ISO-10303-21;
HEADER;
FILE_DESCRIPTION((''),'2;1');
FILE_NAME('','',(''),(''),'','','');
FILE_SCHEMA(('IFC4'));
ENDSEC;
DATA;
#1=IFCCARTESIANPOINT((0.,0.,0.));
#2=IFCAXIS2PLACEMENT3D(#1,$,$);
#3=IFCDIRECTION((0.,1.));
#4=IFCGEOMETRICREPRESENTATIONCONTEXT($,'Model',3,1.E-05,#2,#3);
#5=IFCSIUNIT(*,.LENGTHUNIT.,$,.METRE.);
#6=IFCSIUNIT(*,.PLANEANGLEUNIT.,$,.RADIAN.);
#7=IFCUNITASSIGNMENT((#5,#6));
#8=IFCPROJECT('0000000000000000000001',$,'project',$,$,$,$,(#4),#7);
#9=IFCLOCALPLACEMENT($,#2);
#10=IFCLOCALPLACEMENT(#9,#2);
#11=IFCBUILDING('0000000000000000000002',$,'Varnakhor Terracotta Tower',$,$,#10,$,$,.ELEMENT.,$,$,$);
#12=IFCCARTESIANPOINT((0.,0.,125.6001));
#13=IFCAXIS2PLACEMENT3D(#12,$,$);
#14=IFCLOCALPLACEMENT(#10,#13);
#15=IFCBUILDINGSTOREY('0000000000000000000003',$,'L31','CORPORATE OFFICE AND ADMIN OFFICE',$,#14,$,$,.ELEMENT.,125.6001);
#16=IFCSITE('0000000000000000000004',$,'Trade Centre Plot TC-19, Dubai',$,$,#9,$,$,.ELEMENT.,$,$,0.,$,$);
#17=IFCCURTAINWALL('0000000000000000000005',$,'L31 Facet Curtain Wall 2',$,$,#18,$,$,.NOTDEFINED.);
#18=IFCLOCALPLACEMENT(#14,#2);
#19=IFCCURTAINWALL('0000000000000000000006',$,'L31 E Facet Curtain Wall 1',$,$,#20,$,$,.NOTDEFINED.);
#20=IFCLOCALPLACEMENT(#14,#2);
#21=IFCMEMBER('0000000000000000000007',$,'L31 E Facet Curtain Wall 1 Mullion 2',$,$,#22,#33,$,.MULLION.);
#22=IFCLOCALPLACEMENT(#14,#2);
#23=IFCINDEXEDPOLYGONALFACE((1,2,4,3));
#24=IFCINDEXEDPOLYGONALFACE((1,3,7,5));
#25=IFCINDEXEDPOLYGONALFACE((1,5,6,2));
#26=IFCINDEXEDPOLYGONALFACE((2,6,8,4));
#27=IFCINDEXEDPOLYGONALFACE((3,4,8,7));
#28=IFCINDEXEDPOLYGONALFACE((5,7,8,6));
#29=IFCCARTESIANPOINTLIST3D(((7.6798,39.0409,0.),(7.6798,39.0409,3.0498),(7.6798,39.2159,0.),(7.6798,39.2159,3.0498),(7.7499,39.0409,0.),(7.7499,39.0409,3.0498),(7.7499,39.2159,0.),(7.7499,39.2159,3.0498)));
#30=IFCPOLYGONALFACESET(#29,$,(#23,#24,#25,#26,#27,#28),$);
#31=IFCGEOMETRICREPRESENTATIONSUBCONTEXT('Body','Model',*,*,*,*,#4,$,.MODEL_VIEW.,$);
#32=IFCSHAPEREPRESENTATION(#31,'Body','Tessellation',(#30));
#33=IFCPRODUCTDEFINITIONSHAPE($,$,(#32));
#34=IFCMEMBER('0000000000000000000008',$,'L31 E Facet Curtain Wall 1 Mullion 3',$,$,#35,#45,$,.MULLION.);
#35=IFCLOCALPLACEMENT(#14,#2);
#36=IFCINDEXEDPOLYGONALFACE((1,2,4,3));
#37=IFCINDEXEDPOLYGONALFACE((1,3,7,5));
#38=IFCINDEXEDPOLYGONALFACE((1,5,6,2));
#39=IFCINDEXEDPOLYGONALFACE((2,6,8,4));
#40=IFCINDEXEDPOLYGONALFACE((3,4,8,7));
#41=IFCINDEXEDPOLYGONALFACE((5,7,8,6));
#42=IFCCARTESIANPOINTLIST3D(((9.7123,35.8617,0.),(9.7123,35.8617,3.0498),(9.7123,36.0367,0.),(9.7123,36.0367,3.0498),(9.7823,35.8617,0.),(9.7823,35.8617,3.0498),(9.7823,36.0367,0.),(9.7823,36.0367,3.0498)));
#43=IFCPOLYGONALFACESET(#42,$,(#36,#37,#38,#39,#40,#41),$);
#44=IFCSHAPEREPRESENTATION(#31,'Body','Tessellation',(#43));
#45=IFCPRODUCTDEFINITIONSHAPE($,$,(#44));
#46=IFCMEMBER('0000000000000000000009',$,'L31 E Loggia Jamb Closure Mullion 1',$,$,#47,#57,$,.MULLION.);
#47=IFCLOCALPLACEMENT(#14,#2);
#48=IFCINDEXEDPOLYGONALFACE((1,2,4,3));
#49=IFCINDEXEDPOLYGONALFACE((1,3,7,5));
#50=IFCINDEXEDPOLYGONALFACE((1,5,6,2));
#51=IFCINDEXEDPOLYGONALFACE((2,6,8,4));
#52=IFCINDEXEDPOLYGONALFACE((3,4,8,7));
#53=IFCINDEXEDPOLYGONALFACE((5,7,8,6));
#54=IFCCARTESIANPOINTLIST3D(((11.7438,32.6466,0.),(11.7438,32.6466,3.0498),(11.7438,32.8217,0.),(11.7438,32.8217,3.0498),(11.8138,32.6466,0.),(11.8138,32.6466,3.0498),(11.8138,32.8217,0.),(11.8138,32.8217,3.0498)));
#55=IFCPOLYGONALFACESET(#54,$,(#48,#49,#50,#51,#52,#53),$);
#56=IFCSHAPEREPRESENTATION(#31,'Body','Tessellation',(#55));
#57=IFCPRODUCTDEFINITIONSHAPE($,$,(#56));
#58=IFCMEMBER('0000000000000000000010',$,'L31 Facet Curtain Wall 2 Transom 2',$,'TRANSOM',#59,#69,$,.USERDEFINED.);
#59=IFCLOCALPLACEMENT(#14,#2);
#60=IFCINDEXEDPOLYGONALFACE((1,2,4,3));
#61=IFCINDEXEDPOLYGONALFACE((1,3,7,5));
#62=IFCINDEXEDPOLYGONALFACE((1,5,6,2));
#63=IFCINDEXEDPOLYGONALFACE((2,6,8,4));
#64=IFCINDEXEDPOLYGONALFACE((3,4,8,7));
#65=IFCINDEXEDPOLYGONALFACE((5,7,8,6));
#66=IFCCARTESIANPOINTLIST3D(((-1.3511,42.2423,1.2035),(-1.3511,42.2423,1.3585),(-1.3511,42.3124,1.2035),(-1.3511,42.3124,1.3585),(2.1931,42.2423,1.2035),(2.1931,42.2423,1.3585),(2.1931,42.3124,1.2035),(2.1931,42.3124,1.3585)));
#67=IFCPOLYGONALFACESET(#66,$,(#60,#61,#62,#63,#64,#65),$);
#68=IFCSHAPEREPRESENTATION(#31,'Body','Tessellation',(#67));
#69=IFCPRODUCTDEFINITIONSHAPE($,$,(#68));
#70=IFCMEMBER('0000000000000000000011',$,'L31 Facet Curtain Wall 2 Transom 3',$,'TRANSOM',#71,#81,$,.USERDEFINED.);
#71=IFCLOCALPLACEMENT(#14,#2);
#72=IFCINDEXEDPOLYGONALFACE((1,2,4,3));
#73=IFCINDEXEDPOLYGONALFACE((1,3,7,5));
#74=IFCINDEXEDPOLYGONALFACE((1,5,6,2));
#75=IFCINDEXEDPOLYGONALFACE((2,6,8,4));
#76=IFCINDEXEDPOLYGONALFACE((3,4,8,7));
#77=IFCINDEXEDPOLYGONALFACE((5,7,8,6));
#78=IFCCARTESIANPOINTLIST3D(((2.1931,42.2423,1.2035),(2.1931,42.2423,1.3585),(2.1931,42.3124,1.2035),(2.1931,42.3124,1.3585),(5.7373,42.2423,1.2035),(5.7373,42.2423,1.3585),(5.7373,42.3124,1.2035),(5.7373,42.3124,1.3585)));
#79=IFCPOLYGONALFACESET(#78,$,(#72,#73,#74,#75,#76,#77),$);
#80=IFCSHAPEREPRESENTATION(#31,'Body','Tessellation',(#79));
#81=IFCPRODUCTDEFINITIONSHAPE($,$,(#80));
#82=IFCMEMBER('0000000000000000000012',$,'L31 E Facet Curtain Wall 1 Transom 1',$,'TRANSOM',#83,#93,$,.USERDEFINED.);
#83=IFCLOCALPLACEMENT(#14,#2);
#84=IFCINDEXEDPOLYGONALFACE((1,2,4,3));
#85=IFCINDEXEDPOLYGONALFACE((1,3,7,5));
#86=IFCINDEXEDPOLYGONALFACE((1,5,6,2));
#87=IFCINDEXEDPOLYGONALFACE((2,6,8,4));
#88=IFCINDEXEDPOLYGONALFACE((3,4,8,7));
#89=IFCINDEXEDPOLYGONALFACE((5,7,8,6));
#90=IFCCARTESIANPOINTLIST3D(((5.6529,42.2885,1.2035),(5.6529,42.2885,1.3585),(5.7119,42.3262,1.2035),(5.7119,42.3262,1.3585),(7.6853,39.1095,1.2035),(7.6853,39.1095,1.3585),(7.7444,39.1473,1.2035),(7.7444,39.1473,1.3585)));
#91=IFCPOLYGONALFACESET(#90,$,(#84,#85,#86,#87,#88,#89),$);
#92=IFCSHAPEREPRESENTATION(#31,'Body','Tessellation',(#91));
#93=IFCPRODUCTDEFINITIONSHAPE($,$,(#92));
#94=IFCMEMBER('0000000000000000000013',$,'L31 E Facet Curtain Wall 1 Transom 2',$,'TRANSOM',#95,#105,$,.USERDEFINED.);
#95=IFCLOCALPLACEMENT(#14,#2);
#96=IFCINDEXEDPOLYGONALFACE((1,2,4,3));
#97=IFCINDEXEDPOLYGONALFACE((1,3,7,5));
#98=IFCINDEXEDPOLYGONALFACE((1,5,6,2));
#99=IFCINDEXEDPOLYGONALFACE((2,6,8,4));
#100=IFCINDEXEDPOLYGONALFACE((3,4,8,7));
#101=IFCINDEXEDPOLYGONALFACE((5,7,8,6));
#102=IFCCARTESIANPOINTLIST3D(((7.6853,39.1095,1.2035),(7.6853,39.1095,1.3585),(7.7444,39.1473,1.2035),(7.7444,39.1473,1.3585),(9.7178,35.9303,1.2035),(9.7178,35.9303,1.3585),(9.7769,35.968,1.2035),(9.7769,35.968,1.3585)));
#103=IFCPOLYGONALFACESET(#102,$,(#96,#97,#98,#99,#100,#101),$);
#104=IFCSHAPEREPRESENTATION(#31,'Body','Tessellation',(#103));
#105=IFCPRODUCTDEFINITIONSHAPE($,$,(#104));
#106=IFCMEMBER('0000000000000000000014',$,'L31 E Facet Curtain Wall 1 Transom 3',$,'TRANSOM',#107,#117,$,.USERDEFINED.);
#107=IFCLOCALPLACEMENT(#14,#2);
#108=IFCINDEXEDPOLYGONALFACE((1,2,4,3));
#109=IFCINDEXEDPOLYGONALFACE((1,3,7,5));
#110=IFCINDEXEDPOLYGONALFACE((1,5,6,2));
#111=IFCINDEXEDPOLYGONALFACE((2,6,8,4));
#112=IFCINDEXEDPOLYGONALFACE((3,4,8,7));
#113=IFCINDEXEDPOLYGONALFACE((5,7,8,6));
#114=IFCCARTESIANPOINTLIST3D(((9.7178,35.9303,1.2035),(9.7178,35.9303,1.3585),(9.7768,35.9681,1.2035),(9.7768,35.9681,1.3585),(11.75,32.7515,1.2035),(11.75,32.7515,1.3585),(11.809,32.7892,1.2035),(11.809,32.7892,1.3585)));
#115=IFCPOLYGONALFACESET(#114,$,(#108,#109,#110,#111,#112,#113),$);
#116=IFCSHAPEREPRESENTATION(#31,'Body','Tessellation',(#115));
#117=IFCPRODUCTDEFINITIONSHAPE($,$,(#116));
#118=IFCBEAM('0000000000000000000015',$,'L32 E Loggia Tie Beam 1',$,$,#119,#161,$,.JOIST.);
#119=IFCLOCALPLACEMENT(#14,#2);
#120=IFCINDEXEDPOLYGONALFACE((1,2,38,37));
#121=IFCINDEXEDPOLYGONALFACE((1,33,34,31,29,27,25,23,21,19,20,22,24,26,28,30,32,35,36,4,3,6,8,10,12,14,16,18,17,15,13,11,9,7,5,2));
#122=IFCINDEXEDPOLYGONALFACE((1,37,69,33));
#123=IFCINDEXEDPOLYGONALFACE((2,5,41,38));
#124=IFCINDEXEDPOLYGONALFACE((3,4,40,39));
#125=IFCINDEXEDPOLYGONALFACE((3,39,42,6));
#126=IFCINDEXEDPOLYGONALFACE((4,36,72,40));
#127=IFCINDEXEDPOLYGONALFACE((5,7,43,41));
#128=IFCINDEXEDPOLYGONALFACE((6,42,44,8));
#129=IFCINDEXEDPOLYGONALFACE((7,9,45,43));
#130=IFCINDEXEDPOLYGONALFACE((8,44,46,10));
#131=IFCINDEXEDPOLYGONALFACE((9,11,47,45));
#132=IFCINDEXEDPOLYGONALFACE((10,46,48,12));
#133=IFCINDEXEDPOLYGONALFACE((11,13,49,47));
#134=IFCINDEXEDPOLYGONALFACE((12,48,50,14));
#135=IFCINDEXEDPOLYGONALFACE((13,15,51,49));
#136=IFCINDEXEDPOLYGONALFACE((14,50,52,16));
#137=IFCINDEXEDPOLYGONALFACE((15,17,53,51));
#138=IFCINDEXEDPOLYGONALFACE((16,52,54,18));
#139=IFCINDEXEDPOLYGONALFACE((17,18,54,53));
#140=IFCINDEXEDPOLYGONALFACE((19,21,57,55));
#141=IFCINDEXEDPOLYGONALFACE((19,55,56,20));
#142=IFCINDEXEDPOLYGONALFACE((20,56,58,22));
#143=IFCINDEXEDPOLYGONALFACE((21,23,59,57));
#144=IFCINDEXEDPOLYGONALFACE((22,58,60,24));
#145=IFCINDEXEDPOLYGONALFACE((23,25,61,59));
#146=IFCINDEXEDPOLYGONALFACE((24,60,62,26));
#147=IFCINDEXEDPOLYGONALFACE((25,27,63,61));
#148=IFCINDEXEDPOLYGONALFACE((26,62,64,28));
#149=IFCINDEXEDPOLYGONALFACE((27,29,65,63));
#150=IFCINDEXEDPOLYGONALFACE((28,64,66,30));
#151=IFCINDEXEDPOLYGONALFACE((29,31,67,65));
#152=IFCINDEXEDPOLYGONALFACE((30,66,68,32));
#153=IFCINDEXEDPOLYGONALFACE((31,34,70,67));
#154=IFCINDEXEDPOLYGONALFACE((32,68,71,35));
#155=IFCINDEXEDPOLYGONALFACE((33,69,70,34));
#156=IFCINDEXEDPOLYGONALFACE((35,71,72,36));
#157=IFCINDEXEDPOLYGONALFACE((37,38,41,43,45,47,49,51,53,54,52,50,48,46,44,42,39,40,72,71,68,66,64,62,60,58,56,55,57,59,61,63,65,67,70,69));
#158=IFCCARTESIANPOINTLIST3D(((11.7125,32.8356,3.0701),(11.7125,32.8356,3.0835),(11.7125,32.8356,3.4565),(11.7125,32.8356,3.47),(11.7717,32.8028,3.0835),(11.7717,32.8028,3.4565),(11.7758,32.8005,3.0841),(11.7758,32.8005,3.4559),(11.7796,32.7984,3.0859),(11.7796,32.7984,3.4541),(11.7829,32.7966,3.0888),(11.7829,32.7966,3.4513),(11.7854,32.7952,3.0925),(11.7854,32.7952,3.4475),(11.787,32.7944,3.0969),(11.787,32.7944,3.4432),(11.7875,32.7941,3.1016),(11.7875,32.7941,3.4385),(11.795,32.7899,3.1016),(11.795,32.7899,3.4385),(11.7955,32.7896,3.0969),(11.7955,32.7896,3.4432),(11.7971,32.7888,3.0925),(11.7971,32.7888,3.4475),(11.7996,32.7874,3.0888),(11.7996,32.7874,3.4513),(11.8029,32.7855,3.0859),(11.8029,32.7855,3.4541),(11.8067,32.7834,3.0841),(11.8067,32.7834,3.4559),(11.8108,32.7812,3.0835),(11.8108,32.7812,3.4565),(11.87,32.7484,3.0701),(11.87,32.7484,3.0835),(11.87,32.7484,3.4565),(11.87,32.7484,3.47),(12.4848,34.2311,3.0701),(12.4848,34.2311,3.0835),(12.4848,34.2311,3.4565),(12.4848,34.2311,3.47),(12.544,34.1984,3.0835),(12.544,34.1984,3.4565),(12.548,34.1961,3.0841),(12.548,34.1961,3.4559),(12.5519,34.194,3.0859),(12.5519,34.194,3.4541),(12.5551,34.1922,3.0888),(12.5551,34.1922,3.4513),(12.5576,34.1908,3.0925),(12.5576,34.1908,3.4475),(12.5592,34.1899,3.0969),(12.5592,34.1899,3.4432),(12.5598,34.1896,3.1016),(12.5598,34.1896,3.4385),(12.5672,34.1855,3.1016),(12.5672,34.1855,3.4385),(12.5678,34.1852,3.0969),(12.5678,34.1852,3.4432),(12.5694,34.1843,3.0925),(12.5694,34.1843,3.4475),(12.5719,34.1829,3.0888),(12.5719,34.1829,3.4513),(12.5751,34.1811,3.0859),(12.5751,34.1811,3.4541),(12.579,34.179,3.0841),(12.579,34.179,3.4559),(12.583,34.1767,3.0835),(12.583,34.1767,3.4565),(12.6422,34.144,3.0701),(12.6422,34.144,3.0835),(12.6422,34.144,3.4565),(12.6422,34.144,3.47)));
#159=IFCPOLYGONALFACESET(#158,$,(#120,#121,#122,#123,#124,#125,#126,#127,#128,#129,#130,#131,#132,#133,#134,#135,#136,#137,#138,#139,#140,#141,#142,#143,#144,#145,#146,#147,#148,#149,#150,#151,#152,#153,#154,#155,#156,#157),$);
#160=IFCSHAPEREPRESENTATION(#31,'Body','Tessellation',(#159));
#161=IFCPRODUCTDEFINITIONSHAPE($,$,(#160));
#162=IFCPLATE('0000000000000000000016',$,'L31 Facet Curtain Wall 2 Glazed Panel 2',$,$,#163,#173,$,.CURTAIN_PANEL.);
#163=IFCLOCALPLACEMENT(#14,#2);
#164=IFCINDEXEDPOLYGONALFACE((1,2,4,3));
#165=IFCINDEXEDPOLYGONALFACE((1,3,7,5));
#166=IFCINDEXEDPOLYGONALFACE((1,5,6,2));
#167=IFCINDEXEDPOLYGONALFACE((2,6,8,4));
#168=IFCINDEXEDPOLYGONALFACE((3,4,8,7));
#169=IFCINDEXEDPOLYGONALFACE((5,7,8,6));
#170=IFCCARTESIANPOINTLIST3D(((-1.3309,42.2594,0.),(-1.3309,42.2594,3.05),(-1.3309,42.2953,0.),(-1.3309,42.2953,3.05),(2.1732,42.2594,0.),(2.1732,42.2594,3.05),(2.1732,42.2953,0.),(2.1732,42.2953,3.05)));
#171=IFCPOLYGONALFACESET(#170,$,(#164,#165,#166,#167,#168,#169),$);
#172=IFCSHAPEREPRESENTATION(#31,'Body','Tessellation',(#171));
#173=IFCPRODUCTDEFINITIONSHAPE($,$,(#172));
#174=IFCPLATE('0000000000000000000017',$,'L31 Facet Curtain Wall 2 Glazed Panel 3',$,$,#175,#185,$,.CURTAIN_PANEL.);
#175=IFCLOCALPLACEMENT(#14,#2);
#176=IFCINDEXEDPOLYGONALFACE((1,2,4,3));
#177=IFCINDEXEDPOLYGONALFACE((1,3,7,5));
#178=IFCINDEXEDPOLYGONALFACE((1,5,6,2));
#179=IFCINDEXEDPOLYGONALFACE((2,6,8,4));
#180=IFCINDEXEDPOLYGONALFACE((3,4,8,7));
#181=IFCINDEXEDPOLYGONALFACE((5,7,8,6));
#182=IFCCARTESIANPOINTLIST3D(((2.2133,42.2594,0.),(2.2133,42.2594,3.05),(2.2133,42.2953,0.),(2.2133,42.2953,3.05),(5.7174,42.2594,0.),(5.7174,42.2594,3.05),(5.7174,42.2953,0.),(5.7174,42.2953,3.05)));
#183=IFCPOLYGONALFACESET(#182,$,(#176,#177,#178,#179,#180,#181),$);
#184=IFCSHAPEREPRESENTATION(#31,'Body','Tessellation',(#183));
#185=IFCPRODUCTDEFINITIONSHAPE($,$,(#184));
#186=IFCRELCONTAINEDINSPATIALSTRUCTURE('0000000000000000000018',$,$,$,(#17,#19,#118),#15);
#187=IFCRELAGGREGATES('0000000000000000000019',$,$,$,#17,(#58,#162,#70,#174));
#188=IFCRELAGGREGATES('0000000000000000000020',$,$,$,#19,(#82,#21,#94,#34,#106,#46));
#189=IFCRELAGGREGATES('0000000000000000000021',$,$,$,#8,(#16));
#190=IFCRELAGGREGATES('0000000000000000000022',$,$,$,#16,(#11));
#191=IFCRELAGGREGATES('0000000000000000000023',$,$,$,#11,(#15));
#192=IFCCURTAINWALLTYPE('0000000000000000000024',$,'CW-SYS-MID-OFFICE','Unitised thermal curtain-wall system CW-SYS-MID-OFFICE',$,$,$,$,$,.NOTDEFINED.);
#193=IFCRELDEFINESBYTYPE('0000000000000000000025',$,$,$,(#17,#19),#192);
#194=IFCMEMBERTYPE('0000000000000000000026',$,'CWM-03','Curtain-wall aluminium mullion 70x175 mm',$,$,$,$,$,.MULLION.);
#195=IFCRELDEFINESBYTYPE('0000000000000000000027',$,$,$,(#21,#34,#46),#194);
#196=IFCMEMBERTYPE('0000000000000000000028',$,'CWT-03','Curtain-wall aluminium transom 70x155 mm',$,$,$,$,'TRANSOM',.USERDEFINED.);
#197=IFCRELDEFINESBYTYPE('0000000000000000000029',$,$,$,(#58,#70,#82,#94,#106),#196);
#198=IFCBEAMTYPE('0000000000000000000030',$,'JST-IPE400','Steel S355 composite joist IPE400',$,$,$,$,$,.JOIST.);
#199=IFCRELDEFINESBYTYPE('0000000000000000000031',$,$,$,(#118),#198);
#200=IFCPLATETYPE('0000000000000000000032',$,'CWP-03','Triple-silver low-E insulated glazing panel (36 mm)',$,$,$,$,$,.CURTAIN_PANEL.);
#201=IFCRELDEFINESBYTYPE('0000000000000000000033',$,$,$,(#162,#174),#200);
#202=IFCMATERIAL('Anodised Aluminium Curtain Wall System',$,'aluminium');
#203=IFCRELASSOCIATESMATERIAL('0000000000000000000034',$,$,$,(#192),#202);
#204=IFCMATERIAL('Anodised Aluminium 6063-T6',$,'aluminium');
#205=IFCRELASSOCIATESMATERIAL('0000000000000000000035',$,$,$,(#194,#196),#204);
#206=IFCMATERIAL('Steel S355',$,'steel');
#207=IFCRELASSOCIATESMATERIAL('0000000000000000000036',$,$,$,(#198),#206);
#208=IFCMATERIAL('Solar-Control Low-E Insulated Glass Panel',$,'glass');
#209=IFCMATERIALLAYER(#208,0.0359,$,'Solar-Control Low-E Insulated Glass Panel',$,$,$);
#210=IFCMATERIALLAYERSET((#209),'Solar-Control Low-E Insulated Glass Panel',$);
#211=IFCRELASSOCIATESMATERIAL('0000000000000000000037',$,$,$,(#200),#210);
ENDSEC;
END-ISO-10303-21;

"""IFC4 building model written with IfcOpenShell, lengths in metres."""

from ifc_helpers import new_model, si_unit, direction, frame, origin, origin_2d, place, context, subcontext, project, spatial, rectangle, i_section, extrude, source, transform, mapped, material, layer, layer_set, material_profile, profile_set, type_object, type_shapes, element, aggregate, save


model = new_model("IFC4")

# Units and contexts
model_context = context("Model", 3, precision=1e-05, world=origin(), true_north=direction((0.0, 1.0)))
body_context = subcontext(model_context, "Body", "Model", "MODEL_VIEW")
ifc_project = project(units=[si_unit("LENGTHUNIT", "METRE"), si_unit("PLANEANGLEUNIT", "RADIAN")], contexts=[model_context])

# Site, building, storey
site_placement = place(None, origin())
site = spatial("IfcSite", under=ifc_project, at=site_placement, Name="Trade Centre Plot TC-19, Dubai", CompositionType="ELEMENT", RefElevation=0.0)
building_placement = place(site_placement, origin())
building = spatial("IfcBuilding", under=site, at=building_placement, Name="Varnakhor Terracotta Tower", CompositionType="ELEMENT")
storey_placement = place(building_placement, frame((0.0, 0.0, 125.6001)))
storey = spatial("IfcBuildingStorey", under=building, at=storey_placement, Name="L31", Description="CORPORATE OFFICE AND ADMIN OFFICE", CompositionType="ELEMENT", Elevation=125.6001)

# Shared definitions
ifc_material_1 = material(Name="Steel S355", Category="steel")

# Curtain walls, members
ifc_material_2 = material(Name="Anodised Aluminium Curtain Wall System", Category="aluminium")
curtain_wall_type = type_object("IfcCurtainWallType", Name="CW-SYS-MID-OFFICE", Description="Unitised thermal curtain-wall system CW-SYS-MID-OFFICE", PredefinedType="NOTDEFINED", material=ifc_material_2)
curtain_wall_1_placement = place(storey_placement, origin())
curtain_wall_1 = element("IfcCurtainWall", 1, at=curtain_wall_1_placement, inside=storey, type_object=curtain_wall_type, Name="L31 Facet Curtain Wall 2", PredefinedType="NOTDEFINED")
ifc_material_3 = material(Name="Anodised Aluminium 6063-T6", Category="aluminium")
ifc_material_profile_1 = material_profile(ifc_material_3, rectangle(XDim=0.0701, YDim=0.175, at=origin_2d()), Name="ALU MULLION 70x175")
ifc_profile_set_1 = profile_set([ifc_material_profile_1], Name="Anodised Aluminium 6063-T6")
member_type_1 = type_object("IfcMemberType", Name="CWM-03", Description="Curtain-wall aluminium mullion 70x175 mm", PredefinedType="MULLION", material=ifc_profile_set_1)
shared_shape_1 = source(origin(), body_context, "Body", "SweptSolid", [
    extrude(rectangle(XDim=0.0701, YDim=0.175, at=origin_2d()), origin(), (0.0, 0.0, 1.0), 3.0498),
])
type_shapes(member_type_1, [shared_shape_1])
curtain_wall_2_placement = place(storey_placement, origin())
curtain_wall_2 = element("IfcCurtainWall", 2, at=curtain_wall_2_placement, inside=storey, type_object=curtain_wall_type, Name="L31 E Facet Curtain Wall 1", PredefinedType="NOTDEFINED")
member_1_placement = place(storey_placement, frame((7.7148, 39.1284, 0.0), z_axis=(0.0, 0.0, 1.0), x_axis=(1.0, 0.0, 0.0)))
member_1 = element("IfcMember", 3, at=member_1_placement, type_object=member_type_1, Name="L31 E Facet Curtain Wall 1 Mullion 2", PredefinedType="MULLION", context=body_context, shape_type="MappedRepresentation", body=[
    mapped(shared_shape_1, transform((0.0, 0.0, 0.0), scale=1.0)),
])
member_2_placement = place(storey_placement, frame((9.7473, 35.9492, 0.0), z_axis=(0.0, 0.0, 1.0), x_axis=(1.0, 0.0, 0.0)))
member_2 = element("IfcMember", 4, at=member_2_placement, type_object=member_type_1, Name="L31 E Facet Curtain Wall 1 Mullion 3", PredefinedType="MULLION", context=body_context, shape_type="MappedRepresentation", body=[
    mapped(shared_shape_1, transform((0.0, 0.0, 0.0), scale=1.0)),
])
member_3_placement = place(storey_placement, frame((11.7788, 32.7341, 0.0), z_axis=(0.0, 0.0, 1.0), x_axis=(1.0, 0.0, 0.0)))
member_3 = element("IfcMember", 5, at=member_3_placement, type_object=member_type_1, Name="L31 E Loggia Jamb Closure Mullion 1", PredefinedType="MULLION", context=body_context, shape_type="MappedRepresentation", body=[
    mapped(shared_shape_1, transform((0.0, 0.0, 0.0), scale=1.0)),
])

# Members
ifc_material_profile_2 = material_profile(ifc_material_3, rectangle(XDim=0.0701, YDim=0.155, at=origin_2d()), Name="ALU TRANSOM 70x155")
ifc_profile_set_2 = profile_set([ifc_material_profile_2], Name="Anodised Aluminium 6063-T6")
member_type_2 = type_object("IfcMemberType", Name="CWT-03", Description="Curtain-wall aluminium transom 70x155 mm", ElementType="TRANSOM", PredefinedType="USERDEFINED", material=ifc_profile_set_2)
shared_shape_2 = source(origin(), body_context, "Body", "SweptSolid", [
    extrude(rectangle(XDim=0.0701, YDim=0.155, at=origin_2d()), origin(), (0.0, 0.0, 1.0), 3.5442),
])
member_4_placement = place(storey_placement, frame((-1.3511, 42.2773, 1.281), z_axis=(1.0, 0.0, 0.0), x_axis=(0.0, 1.0, 0.0)))
member_4 = element("IfcMember", 6, at=member_4_placement, type_object=member_type_2, Name="L31 Facet Curtain Wall 2 Transom 2", ObjectType="TRANSOM", PredefinedType="USERDEFINED", context=body_context, shape_type="MappedRepresentation", body=[
    mapped(shared_shape_2, transform((0.0, 0.0, 0.0), scale=1.0)),
])
member_5_placement = place(storey_placement, frame((2.1931, 42.2773, 1.281), z_axis=(1.0, 0.0, 0.0), x_axis=(0.0, 1.0, 0.0)))
member_5 = element("IfcMember", 7, at=member_5_placement, type_object=member_type_2, Name="L31 Facet Curtain Wall 2 Transom 3", ObjectType="TRANSOM", PredefinedType="USERDEFINED", context=body_context, shape_type="MappedRepresentation", body=[
    mapped(shared_shape_2, transform((0.0, 0.0, 0.0), scale=1.0)),
])
shared_shape_3 = source(origin(), body_context, "Body", "SweptSolid", [
    extrude(rectangle(XDim=0.0701, YDim=0.155, at=origin_2d()), origin(), (0.0, 0.0, 1.0), 3.7732),
])
member_6_placement = place(storey_placement, frame((5.6824, 42.3074, 1.281), z_axis=(0.538666, -0.842519, 0.0), x_axis=(0.842519, 0.538666, 0.0)))
member_6 = element("IfcMember", 8, at=member_6_placement, type_object=member_type_2, Name="L31 E Facet Curtain Wall 1 Transom 1", ObjectType="TRANSOM", PredefinedType="USERDEFINED", context=body_context, shape_type="MappedRepresentation", body=[
    mapped(shared_shape_3, transform((0.0, 0.0, 0.0), scale=1.0)),
])
shared_shape_4 = source(origin(), body_context, "Body", "SweptSolid", [
    extrude(rectangle(XDim=0.0701, YDim=0.155, at=origin_2d()), origin(), (0.0, 0.0, 1.0), 3.7734),
])
member_7_placement = place(storey_placement, frame((7.7148, 39.1284, 1.281), z_axis=(0.538637, -0.842538, 0.0), x_axis=(0.842538, 0.538637, 0.0)))
member_7 = element("IfcMember", 9, at=member_7_placement, type_object=member_type_2, Name="L31 E Facet Curtain Wall 1 Transom 2", ObjectType="TRANSOM", PredefinedType="USERDEFINED", context=body_context, shape_type="MappedRepresentation", body=[
    mapped(shared_shape_4, transform((0.0, 0.0, 0.0), scale=1.0)),
])
shared_shape_5 = source(origin(), body_context, "Body", "SweptSolid", [
    extrude(rectangle(XDim=0.0701, YDim=0.155, at=origin_2d()), origin(), (0.0, 0.0, 1.0), 3.7729),
])
member_8_placement = place(storey_placement, frame((9.7473, 35.9492, 1.281), z_axis=(0.53862, -0.842549, 0.0), x_axis=(0.842549, 0.53862, 0.0)))
member_8 = element("IfcMember", 10, at=member_8_placement, type_object=member_type_2, Name="L31 E Facet Curtain Wall 1 Transom 3", ObjectType="TRANSOM", PredefinedType="USERDEFINED", context=body_context, shape_type="MappedRepresentation", body=[
    mapped(shared_shape_5, transform((0.0, 0.0, 0.0), scale=1.0)),
])

# Beam
ifc_material_profile_3 = material_profile(ifc_material_1, i_section(OverallWidth=0.1799, OverallDepth=0.3999, WebThickness=0.0085, FlangeThickness=0.0134, FilletRadius=0.0181, at=origin_2d()), Name="IPE400")
ifc_profile_set_3 = profile_set([ifc_material_profile_3], Name="Steel S355")
beam_type_1 = type_object("IfcBeamType", Name="JST-IPE400", Description="Steel S355 composite joist IPE400", PredefinedType="JOIST", material=ifc_profile_set_3)
shared_shape_6 = source(origin(), body_context, "Body", "SweptSolid", [
    extrude(i_section(OverallWidth=0.1799, OverallDepth=0.3999, WebThickness=0.0085, FlangeThickness=0.0134, FilletRadius=0.0181, at=origin_2d()), origin(), (0.0, 0.0, 1.0), 1.595),
])
beam_1_placement = place(storey_placement, frame((11.7913, 32.792, 3.27), z_axis=(0.484174, 0.874972, 0.0), x_axis=(-0.874972, 0.484174, 0.0)))
element("IfcBeam", 11, at=beam_1_placement, inside=storey, type_object=beam_type_1, Name="L32 E Loggia Tie Beam 1", PredefinedType="JOIST", context=body_context, shape_type="MappedRepresentation", body=[
    mapped(shared_shape_6, transform((0.0, 0.0, 0.0), scale=1.0)),
])

# Plates
ifc_material_4 = material(Name="Solar-Control Low-E Insulated Glass Panel", Category="glass")
ifc_layer_1 = layer(ifc_material_4, 0.0359, Name="Solar-Control Low-E Insulated Glass Panel")
ifc_layer_set_1 = layer_set([ifc_layer_1], Name="Solar-Control Low-E Insulated Glass Panel")
plate_type = type_object("IfcPlateType", Name="CWP-03", Description="Triple-silver low-E insulated glazing panel (36 mm)", PredefinedType="CURTAIN_PANEL", material=ifc_layer_set_1)
shared_shape_7 = source(origin(), body_context, "Body", "SweptSolid", [
    extrude(rectangle(XDim=3.5042, YDim=0.0359, at=origin_2d()), origin(), (0.0, 0.0, 1.0), 3.05),
])
plate_1_placement = place(storey_placement, frame((0.4211, 42.2773, 0.0), z_axis=(0.0, 0.0, 1.0), x_axis=(1.0, 0.0, 0.0)))
plate_1 = element("IfcPlate", 12, at=plate_1_placement, type_object=plate_type, Name="L31 Facet Curtain Wall 2 Glazed Panel 2", PredefinedType="CURTAIN_PANEL", context=body_context, shape_type="MappedRepresentation", body=[
    mapped(shared_shape_7, transform((0.0, 0.0, 0.0), scale=1.0)),
])
plate_2_placement = place(storey_placement, frame((3.9653, 42.2773, 0.0), z_axis=(0.0, 0.0, 1.0), x_axis=(1.0, 0.0, 0.0)))
plate_2 = element("IfcPlate", 13, at=plate_2_placement, type_object=plate_type, Name="L31 Facet Curtain Wall 2 Glazed Panel 3", PredefinedType="CURTAIN_PANEL", context=body_context, shape_type="MappedRepresentation", body=[
    mapped(shared_shape_7, transform((0.0, 0.0, 0.0), scale=1.0)),
])
aggregate(curtain_wall_1, [member_4, plate_1, member_5, plate_2])
aggregate(curtain_wall_2, [member_6, member_1, member_7, member_2, member_8, member_3])

save(model, "model.ifc")
